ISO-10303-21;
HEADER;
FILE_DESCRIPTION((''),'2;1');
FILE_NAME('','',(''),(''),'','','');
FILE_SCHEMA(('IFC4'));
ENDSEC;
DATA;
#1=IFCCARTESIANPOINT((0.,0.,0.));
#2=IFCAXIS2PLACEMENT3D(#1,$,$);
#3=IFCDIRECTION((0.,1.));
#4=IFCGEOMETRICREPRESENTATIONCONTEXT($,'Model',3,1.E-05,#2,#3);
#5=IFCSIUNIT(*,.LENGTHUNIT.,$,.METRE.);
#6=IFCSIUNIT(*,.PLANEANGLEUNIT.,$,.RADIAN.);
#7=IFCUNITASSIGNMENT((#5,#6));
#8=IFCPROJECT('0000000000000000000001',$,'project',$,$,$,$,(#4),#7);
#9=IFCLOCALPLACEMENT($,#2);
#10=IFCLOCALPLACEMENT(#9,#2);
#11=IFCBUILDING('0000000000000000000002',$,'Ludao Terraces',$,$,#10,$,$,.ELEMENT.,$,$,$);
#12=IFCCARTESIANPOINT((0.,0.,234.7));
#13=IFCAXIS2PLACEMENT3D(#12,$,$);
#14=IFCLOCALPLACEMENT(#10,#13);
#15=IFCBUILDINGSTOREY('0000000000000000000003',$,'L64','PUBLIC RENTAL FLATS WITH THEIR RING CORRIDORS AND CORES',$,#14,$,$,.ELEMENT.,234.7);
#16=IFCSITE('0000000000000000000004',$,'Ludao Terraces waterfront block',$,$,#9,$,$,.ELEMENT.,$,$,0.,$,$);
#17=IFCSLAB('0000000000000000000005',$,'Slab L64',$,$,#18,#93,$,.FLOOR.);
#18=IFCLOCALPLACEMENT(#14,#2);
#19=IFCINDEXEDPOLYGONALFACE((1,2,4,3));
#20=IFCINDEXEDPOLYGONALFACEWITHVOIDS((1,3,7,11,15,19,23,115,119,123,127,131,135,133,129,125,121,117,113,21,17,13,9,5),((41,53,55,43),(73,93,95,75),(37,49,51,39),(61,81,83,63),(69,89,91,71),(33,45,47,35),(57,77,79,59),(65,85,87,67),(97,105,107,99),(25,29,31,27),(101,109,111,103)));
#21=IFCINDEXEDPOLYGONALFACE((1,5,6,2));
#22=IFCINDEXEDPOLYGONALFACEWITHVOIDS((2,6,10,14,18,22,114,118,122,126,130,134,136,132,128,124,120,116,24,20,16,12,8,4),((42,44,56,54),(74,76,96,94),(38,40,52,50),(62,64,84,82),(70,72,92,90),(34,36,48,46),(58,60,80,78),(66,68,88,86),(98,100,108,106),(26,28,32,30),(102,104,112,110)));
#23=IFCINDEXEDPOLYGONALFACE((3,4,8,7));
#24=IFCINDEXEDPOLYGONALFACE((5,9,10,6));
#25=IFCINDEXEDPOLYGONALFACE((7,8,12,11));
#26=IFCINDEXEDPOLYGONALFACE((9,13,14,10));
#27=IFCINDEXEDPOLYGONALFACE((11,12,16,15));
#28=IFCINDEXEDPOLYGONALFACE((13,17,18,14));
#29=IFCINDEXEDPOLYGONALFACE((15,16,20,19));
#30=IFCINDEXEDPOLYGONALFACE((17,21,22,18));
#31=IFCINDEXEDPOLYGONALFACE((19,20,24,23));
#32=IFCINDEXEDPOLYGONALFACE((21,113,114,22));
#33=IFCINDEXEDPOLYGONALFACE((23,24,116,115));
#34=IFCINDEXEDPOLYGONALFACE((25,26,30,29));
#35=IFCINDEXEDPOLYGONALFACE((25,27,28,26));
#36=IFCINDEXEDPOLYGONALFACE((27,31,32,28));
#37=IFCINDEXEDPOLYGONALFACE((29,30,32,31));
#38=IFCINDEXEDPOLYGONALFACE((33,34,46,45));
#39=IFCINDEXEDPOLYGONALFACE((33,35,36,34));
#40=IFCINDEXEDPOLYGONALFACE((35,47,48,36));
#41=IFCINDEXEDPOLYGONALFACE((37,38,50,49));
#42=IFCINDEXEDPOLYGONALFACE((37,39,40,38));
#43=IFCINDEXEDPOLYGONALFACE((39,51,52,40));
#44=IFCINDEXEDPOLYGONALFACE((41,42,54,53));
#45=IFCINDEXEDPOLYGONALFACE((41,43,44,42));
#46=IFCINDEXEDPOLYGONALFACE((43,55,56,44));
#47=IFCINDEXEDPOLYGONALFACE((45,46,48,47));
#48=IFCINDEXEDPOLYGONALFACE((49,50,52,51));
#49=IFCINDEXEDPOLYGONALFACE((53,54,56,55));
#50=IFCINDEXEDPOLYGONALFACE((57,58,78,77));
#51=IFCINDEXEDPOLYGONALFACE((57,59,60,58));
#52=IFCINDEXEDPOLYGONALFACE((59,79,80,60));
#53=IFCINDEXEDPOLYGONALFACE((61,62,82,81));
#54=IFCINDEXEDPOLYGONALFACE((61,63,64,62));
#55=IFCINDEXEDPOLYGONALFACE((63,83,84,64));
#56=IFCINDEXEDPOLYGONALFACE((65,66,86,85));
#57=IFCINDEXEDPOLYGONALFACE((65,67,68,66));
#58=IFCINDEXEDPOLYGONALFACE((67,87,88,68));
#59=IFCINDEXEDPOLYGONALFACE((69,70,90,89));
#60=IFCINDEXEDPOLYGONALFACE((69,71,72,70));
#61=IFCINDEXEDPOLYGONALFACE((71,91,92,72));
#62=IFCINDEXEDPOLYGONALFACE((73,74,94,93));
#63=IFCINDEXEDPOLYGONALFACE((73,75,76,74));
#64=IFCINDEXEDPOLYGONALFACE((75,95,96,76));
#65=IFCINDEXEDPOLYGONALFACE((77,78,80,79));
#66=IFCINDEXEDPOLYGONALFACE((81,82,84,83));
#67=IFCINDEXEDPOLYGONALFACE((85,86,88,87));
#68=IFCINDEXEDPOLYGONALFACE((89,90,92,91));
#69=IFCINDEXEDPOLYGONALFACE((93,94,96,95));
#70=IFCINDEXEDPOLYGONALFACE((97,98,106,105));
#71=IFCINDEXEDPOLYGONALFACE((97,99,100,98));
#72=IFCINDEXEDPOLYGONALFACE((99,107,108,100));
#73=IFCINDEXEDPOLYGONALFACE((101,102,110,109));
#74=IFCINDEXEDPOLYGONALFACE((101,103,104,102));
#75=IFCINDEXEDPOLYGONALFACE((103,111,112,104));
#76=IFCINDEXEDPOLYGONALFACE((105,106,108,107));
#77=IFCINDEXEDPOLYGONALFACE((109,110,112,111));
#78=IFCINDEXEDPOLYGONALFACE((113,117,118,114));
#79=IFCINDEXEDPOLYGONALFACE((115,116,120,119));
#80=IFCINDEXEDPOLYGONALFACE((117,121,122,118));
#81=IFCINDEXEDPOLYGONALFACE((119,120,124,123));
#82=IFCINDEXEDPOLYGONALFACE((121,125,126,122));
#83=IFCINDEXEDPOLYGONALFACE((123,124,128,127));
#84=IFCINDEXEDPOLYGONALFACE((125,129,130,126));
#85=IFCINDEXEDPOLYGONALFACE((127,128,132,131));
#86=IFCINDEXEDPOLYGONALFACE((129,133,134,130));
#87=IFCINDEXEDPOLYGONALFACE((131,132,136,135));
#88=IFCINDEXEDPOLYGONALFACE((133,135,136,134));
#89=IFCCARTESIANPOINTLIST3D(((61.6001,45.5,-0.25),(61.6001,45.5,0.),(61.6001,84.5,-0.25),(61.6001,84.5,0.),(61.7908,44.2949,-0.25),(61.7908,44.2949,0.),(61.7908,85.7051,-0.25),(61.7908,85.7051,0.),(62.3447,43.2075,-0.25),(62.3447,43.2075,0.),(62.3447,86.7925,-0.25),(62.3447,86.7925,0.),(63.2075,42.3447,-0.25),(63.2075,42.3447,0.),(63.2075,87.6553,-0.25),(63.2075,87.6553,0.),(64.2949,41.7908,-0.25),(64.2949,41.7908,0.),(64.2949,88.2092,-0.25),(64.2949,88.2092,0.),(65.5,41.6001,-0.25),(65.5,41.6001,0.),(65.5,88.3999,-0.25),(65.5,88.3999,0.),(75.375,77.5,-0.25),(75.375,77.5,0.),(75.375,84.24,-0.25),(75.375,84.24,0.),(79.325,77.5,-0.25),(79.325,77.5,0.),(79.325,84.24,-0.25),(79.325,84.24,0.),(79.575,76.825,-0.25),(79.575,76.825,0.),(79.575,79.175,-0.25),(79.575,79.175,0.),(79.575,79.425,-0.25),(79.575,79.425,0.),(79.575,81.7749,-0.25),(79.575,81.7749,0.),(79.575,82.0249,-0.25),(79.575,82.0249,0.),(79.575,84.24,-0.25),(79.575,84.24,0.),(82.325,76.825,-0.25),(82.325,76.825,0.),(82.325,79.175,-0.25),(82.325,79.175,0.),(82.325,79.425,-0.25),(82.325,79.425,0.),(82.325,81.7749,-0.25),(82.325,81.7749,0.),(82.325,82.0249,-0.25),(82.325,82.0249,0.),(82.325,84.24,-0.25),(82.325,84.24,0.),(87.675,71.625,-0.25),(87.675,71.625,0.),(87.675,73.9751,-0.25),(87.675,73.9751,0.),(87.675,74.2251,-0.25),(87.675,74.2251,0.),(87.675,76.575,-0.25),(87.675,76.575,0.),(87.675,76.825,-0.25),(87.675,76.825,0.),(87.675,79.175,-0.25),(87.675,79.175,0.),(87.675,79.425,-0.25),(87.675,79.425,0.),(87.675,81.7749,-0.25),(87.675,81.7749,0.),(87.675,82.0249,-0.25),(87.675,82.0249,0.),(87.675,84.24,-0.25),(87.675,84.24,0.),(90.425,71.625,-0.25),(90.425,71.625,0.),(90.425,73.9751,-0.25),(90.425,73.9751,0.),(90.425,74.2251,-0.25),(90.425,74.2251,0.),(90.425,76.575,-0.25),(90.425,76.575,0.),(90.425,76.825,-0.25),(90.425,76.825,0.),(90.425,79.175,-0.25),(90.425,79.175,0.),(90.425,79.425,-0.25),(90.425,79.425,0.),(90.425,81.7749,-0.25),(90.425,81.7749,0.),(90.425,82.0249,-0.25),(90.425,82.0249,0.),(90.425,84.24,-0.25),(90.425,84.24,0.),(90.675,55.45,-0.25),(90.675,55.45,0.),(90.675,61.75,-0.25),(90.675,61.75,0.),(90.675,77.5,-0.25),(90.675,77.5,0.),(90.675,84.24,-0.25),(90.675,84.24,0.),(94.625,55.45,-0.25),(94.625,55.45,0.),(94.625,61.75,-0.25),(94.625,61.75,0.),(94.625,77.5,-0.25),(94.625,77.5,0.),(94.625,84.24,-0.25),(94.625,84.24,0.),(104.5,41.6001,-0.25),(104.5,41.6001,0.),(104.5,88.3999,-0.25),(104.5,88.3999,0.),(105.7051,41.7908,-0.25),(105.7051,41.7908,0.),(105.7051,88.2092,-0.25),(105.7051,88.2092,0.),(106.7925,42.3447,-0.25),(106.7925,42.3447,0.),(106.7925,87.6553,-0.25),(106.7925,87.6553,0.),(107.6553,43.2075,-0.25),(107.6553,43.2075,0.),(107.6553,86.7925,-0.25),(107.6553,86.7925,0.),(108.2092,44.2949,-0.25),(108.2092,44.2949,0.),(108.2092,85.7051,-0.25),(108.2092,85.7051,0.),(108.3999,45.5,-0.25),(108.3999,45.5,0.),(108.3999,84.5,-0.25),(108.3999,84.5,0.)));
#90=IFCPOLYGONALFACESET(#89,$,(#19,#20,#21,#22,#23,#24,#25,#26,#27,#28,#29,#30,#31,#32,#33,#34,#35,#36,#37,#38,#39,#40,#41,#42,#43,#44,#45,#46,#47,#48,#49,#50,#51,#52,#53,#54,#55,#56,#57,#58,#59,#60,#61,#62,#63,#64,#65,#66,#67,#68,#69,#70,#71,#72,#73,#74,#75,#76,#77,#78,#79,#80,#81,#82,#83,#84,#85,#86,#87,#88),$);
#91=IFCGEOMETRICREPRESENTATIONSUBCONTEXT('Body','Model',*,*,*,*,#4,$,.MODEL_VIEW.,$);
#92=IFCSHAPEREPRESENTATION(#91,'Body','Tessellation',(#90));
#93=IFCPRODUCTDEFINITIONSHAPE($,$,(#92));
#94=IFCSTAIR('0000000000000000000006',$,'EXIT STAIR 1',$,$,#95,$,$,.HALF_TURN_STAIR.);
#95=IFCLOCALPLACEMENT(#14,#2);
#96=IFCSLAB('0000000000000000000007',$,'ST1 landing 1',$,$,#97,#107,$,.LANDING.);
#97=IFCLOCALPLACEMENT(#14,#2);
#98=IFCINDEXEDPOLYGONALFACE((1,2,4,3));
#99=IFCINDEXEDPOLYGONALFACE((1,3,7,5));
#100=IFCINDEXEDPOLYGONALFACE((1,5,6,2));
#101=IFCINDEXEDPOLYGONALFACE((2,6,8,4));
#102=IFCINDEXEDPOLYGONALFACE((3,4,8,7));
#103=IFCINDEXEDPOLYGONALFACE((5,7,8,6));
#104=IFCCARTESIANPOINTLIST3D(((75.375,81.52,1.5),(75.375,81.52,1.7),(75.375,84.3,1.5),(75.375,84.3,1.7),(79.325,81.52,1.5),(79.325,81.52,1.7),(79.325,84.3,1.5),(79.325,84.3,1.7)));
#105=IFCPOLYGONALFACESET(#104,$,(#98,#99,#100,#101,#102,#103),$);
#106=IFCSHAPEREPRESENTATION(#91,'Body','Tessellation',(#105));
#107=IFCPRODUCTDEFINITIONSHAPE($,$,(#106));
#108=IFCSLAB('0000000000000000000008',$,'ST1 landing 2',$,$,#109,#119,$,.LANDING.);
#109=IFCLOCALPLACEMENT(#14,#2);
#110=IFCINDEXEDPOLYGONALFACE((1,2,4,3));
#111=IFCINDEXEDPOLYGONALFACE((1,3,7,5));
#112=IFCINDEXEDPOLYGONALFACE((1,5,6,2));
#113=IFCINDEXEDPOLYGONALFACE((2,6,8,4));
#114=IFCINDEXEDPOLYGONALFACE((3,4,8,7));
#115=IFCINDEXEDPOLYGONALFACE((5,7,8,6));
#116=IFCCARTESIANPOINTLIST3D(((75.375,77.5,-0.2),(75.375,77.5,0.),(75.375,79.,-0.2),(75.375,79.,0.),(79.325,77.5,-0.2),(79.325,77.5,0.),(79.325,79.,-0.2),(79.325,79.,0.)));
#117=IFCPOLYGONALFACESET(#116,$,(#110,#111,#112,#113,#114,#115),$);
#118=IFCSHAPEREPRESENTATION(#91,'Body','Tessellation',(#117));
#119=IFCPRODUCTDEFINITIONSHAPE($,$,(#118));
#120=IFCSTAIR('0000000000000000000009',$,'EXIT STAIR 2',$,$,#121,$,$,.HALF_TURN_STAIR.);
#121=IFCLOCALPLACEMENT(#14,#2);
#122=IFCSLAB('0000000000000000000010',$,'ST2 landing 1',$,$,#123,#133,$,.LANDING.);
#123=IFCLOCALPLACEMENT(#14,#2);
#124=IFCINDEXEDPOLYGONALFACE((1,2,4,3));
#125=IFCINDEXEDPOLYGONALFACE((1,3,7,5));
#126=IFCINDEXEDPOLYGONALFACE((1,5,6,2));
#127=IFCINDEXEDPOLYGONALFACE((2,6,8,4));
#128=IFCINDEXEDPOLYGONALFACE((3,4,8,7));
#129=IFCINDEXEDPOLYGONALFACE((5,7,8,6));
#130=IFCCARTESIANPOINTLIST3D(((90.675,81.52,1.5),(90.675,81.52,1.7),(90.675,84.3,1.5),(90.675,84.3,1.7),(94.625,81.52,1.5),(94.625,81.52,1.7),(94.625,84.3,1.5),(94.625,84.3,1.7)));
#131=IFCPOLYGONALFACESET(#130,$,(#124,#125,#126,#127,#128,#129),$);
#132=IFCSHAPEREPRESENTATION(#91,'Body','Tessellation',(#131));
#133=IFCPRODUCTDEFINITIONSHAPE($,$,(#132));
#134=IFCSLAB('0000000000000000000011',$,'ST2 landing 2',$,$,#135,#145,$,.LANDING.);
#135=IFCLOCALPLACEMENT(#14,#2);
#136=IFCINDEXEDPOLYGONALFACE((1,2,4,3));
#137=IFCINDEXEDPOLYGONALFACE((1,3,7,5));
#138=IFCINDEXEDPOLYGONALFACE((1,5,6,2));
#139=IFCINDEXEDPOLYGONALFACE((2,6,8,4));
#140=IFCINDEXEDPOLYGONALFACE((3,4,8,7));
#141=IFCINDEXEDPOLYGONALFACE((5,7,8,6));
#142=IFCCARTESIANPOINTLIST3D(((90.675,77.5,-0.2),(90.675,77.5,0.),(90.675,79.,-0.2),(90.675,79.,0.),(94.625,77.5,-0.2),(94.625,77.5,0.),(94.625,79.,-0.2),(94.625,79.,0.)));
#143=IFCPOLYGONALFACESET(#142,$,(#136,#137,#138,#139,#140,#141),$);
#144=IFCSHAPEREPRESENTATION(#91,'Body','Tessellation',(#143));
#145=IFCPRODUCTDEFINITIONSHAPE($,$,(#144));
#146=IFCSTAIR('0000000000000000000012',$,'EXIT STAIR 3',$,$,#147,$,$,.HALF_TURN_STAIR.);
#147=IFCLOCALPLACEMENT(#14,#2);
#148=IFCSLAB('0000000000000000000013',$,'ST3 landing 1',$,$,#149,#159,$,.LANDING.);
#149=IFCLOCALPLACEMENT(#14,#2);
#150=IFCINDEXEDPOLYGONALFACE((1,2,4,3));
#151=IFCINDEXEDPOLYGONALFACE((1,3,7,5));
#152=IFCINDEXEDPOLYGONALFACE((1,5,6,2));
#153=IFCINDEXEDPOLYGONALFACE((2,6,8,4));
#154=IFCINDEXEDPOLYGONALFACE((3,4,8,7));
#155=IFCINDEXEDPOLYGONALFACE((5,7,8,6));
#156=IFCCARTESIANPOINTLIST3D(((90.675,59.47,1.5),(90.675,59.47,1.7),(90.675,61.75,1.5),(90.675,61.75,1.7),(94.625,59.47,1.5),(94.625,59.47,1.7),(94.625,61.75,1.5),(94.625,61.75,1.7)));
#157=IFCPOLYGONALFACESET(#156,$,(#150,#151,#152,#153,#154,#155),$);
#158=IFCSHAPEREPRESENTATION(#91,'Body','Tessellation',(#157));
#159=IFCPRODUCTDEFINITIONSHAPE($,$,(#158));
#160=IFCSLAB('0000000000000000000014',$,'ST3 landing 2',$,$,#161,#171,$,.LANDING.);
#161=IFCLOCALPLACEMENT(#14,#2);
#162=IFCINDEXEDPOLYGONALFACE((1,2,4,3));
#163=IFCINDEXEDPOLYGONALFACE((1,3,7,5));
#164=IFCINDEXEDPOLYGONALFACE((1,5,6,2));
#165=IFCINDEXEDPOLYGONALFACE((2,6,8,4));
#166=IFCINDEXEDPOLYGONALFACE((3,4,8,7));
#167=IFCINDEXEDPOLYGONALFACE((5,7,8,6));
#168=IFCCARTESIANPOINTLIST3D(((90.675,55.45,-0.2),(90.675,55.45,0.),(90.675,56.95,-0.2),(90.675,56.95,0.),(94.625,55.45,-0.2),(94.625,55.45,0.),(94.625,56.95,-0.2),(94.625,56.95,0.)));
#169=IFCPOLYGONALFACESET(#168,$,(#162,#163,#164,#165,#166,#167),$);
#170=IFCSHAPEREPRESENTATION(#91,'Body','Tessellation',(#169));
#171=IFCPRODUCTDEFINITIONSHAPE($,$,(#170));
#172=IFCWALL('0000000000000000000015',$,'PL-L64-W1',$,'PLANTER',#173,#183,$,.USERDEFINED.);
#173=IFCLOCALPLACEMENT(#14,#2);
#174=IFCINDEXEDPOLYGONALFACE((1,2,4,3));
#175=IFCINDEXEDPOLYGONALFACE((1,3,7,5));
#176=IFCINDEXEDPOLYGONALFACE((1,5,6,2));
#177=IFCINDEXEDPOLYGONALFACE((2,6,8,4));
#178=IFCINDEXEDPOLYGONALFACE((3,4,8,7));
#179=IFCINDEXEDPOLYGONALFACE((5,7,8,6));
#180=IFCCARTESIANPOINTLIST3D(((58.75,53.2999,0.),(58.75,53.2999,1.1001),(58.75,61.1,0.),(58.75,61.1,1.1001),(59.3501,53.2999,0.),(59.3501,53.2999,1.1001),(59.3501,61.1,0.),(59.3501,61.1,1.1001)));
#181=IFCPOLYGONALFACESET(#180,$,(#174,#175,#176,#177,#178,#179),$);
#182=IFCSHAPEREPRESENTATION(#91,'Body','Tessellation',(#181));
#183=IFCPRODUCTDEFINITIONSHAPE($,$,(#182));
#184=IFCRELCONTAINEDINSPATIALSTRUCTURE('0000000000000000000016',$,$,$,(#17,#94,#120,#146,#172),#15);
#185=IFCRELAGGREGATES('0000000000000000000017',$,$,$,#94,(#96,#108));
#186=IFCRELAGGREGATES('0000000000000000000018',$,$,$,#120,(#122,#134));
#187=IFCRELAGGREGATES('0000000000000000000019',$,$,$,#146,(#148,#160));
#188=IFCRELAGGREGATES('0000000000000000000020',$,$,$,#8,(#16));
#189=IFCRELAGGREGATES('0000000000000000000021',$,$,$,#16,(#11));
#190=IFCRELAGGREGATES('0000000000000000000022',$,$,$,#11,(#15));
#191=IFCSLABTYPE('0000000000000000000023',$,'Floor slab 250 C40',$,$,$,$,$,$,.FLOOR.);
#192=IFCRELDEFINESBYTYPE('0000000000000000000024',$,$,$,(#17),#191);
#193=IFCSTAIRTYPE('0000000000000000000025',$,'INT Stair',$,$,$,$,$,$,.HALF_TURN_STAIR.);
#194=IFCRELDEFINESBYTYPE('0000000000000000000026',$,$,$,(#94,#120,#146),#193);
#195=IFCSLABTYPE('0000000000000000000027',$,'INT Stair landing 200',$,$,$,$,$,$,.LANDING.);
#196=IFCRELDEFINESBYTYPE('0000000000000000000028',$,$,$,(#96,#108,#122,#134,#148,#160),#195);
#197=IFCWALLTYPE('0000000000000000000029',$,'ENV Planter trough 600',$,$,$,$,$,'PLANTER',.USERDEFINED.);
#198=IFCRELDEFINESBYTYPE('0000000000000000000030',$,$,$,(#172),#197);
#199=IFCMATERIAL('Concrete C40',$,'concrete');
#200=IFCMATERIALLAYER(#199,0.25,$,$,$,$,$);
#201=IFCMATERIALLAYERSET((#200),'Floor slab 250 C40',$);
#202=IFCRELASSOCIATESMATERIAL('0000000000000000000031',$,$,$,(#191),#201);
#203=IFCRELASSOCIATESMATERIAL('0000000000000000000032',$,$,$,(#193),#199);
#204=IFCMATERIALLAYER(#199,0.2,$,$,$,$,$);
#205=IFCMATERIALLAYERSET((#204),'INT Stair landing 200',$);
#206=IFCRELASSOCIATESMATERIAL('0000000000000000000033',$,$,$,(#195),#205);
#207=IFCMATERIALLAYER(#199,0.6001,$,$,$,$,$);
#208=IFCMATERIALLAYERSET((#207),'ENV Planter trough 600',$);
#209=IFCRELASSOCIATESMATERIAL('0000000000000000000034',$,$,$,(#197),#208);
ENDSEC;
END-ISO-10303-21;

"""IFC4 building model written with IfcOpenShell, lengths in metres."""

from ifc_helpers import new_model, si_unit, direction, frame, frame_2d, origin, place, context, subcontext, project, spatial, polyline, rectangle, outline, extrude, material, layer, layer_set, type_object, element, aggregate, save


model = new_model("IFC4")

# Units and contexts
model_context = context("Model", 3, precision=1e-05, world=origin(), true_north=direction((0.0, 1.0)))
body_context = subcontext(model_context, "Body", "Model", "MODEL_VIEW")
ifc_project = project(units=[si_unit("LENGTHUNIT", "METRE"), si_unit("PLANEANGLEUNIT", "RADIAN")], contexts=[model_context])

# Site, building, storey
site_placement = place(None, origin())
site = spatial("IfcSite", under=ifc_project, at=site_placement, Name="Ludao Terraces waterfront block", CompositionType="ELEMENT", RefElevation=0.0)
building_placement = place(site_placement, origin())
building = spatial("IfcBuilding", under=site, at=building_placement, Name="Ludao Terraces", CompositionType="ELEMENT")
storey_placement = place(building_placement, frame((0.0, 0.0, 234.7)))
storey = spatial("IfcBuildingStorey", under=building, at=storey_placement, Name="L64", Description="PUBLIC RENTAL FLATS WITH THEIR RING CORRIDORS AND CORES", CompositionType="ELEMENT", Elevation=234.7)

# Shared definitions
ifc_material_1 = material(Name="Concrete C40", Category="concrete")

# Slab
ifc_layer_1 = layer(ifc_material_1, 0.25)
ifc_layer_set_1 = layer_set([ifc_layer_1], Name="Floor slab 250 C40")
slab_type_1 = type_object("IfcSlabType", Name="Floor slab 250 C40", PredefinedType="FLOOR", material=ifc_layer_set_1)
slab_1_placement = place(storey_placement, frame((0.0, 0.0, -0.25)))
element("IfcSlab", 1, at=slab_1_placement, inside=storey, type_object=slab_type_1, Name="Slab L64", PredefinedType="FLOOR", context=body_context, shape_type="SweptSolid", body=[
    extrude(outline(polyline([(104.5, 41.6001), (105.7051, 41.7908), (106.7925, 42.3447), (107.6553, 43.2075), (108.2092, 44.2949), (108.3999, 45.5), (108.3999, 84.5), (108.2092, 85.7051), (107.6553, 86.7925), (106.7925, 87.6553), (105.7051, 88.2092), (104.5, 88.3999), (65.5, 88.3999), (64.2949, 88.2092), (63.2075, 87.6553), (62.3447, 86.7925), (61.7908, 85.7051), (61.6001, 84.5), (61.6001, 45.5), (61.7908, 44.2949), (62.3447, 43.2075), (63.2075, 42.3447), (64.2949, 41.7908), (65.5, 41.6001), (104.5, 41.6001)]), holes=[polyline([(79.575, 76.825), (82.325, 76.825), (82.325, 79.175), (79.575, 79.175), (79.575, 76.825)]), polyline([(79.575, 79.425), (82.325, 79.425), (82.325, 81.7749), (79.575, 81.7749), (79.575, 79.425)]), polyline([(79.575, 82.0249), (82.325, 82.0249), (82.325, 84.24), (79.575, 84.24), (79.575, 82.0249)]), polyline([(87.675, 71.625), (90.425, 71.625), (90.425, 73.9751), (87.675, 73.9751), (87.675, 71.625)]), polyline([(87.675, 74.2251), (90.425, 74.2251), (90.425, 76.575), (87.675, 76.575), (87.675, 74.2251)]), polyline([(87.675, 76.825), (90.425, 76.825), (90.425, 79.175), (87.675, 79.175), (87.675, 76.825)]), polyline([(87.675, 79.425), (90.425, 79.425), (90.425, 81.7749), (87.675, 81.7749), (87.675, 79.425)]), polyline([(87.675, 82.0249), (90.425, 82.0249), (90.425, 84.24), (87.675, 84.24), (87.675, 82.0249)]), polyline([(75.375, 77.5), (79.325, 77.5), (79.325, 84.24), (75.375, 84.24), (75.375, 77.5)]), polyline([(90.675, 77.5), (94.625, 77.5), (94.625, 84.24), (90.675, 84.24), (90.675, 77.5)]), polyline([(90.675, 55.45), (94.625, 55.45), (94.625, 61.75), (90.675, 61.75), (90.675, 55.45)])]), origin(), (0.0, 0.0, 1.0), 0.25),
])

# Stairs, slabs
stair_type = type_object("IfcStairType", Name="INT Stair", PredefinedType="HALF_TURN_STAIR", material=ifc_material_1)
stair_1_placement = place(storey_placement, origin())
stair_1 = element("IfcStair", 2, at=stair_1_placement, inside=storey, type_object=stair_type, Name="EXIT STAIR 1", PredefinedType="HALF_TURN_STAIR")
ifc_layer_2 = layer(ifc_material_1, 0.2)
ifc_layer_set_2 = layer_set([ifc_layer_2], Name="INT Stair landing 200")
slab_type_2 = type_object("IfcSlabType", Name="INT Stair landing 200", PredefinedType="LANDING", material=ifc_layer_set_2)
slab_2_placement = place(storey_placement, frame((0.0, 0.0, 1.5)))
slab_2 = element("IfcSlab", 3, at=slab_2_placement, type_object=slab_type_2, Name="ST1 landing 1", PredefinedType="LANDING", context=body_context, shape_type="SweptSolid", body=[
    extrude(outline(polyline([(75.375, 81.52), (79.325, 81.52), (79.325, 84.3), (75.375, 84.3), (75.375, 81.52)])), origin(), (0.0, 0.0, 1.0), 0.2),
])
slab_3_placement = place(storey_placement, frame((0.0, 0.0, -0.2)))
slab_3 = element("IfcSlab", 4, at=slab_3_placement, type_object=slab_type_2, Name="ST1 landing 2", PredefinedType="LANDING", context=body_context, shape_type="SweptSolid", body=[
    extrude(outline(polyline([(75.375, 77.5), (79.325, 77.5), (79.325, 79.0), (75.375, 79.0), (75.375, 77.5)])), origin(), (0.0, 0.0, 1.0), 0.2),
])
aggregate(stair_1, [slab_2, slab_3])
stair_2_placement = place(storey_placement, origin())
stair_2 = element("IfcStair", 5, at=stair_2_placement, inside=storey, type_object=stair_type, Name="EXIT STAIR 2", PredefinedType="HALF_TURN_STAIR")
slab_4_placement = place(storey_placement, frame((0.0, 0.0, 1.5)))
slab_4 = element("IfcSlab", 6, at=slab_4_placement, type_object=slab_type_2, Name="ST2 landing 1", PredefinedType="LANDING", context=body_context, shape_type="SweptSolid", body=[
    extrude(outline(polyline([(90.675, 81.52), (94.625, 81.52), (94.625, 84.3), (90.675, 84.3), (90.675, 81.52)])), origin(), (0.0, 0.0, 1.0), 0.2),
])
slab_5_placement = place(storey_placement, frame((0.0, 0.0, -0.2)))
slab_5 = element("IfcSlab", 7, at=slab_5_placement, type_object=slab_type_2, Name="ST2 landing 2", PredefinedType="LANDING", context=body_context, shape_type="SweptSolid", body=[
    extrude(outline(polyline([(90.675, 77.5), (94.625, 77.5), (94.625, 79.0), (90.675, 79.0), (90.675, 77.5)])), origin(), (0.0, 0.0, 1.0), 0.2),
])
aggregate(stair_2, [slab_4, slab_5])
stair_3_placement = place(storey_placement, origin())
stair_3 = element("IfcStair", 8, at=stair_3_placement, inside=storey, type_object=stair_type, Name="EXIT STAIR 3", PredefinedType="HALF_TURN_STAIR")
slab_6_placement = place(storey_placement, frame((0.0, 0.0, 1.5)))
slab_6 = element("IfcSlab", 9, at=slab_6_placement, type_object=slab_type_2, Name="ST3 landing 1", PredefinedType="LANDING", context=body_context, shape_type="SweptSolid", body=[
    extrude(outline(polyline([(90.675, 59.47), (94.625, 59.47), (94.625, 61.75), (90.675, 61.75), (90.675, 59.47)])), origin(), (0.0, 0.0, 1.0), 0.2),
])
slab_7_placement = place(storey_placement, frame((0.0, 0.0, -0.2)))
slab_7 = element("IfcSlab", 10, at=slab_7_placement, type_object=slab_type_2, Name="ST3 landing 2", PredefinedType="LANDING", context=body_context, shape_type="SweptSolid", body=[
    extrude(outline(polyline([(90.675, 55.45), (94.625, 55.45), (94.625, 56.95), (90.675, 56.95), (90.675, 55.45)])), origin(), (0.0, 0.0, 1.0), 0.2),
])
aggregate(stair_3, [slab_6, slab_7])

# Wall
ifc_layer_3 = layer(ifc_material_1, 0.6001)
ifc_layer_set_3 = layer_set([ifc_layer_3], Name="ENV Planter trough 600")
wall_type = type_object("IfcWallType", Name="ENV Planter trough 600", ElementType="PLANTER", PredefinedType="USERDEFINED", material=ifc_layer_set_3)
wall_1_placement = place(storey_placement, frame((59.05, 53.3, 0.0), z_axis=(0.0, 0.0, 1.0), x_axis=(0.0, 1.0, 0.0)))
element("IfcWall", 11, at=wall_1_placement, inside=storey, type_object=wall_type, Name="PL-L64-W1", ObjectType="PLANTER", PredefinedType="USERDEFINED", context=body_context, shape_type="SweptSolid", body=[
    extrude(rectangle(XDim=7.8, YDim=0.6001, at=frame_2d((3.8999, 0.0))), origin(), (0.0, 0.0, 1.0), 1.1001),
])

save(model, "model.ifc")
